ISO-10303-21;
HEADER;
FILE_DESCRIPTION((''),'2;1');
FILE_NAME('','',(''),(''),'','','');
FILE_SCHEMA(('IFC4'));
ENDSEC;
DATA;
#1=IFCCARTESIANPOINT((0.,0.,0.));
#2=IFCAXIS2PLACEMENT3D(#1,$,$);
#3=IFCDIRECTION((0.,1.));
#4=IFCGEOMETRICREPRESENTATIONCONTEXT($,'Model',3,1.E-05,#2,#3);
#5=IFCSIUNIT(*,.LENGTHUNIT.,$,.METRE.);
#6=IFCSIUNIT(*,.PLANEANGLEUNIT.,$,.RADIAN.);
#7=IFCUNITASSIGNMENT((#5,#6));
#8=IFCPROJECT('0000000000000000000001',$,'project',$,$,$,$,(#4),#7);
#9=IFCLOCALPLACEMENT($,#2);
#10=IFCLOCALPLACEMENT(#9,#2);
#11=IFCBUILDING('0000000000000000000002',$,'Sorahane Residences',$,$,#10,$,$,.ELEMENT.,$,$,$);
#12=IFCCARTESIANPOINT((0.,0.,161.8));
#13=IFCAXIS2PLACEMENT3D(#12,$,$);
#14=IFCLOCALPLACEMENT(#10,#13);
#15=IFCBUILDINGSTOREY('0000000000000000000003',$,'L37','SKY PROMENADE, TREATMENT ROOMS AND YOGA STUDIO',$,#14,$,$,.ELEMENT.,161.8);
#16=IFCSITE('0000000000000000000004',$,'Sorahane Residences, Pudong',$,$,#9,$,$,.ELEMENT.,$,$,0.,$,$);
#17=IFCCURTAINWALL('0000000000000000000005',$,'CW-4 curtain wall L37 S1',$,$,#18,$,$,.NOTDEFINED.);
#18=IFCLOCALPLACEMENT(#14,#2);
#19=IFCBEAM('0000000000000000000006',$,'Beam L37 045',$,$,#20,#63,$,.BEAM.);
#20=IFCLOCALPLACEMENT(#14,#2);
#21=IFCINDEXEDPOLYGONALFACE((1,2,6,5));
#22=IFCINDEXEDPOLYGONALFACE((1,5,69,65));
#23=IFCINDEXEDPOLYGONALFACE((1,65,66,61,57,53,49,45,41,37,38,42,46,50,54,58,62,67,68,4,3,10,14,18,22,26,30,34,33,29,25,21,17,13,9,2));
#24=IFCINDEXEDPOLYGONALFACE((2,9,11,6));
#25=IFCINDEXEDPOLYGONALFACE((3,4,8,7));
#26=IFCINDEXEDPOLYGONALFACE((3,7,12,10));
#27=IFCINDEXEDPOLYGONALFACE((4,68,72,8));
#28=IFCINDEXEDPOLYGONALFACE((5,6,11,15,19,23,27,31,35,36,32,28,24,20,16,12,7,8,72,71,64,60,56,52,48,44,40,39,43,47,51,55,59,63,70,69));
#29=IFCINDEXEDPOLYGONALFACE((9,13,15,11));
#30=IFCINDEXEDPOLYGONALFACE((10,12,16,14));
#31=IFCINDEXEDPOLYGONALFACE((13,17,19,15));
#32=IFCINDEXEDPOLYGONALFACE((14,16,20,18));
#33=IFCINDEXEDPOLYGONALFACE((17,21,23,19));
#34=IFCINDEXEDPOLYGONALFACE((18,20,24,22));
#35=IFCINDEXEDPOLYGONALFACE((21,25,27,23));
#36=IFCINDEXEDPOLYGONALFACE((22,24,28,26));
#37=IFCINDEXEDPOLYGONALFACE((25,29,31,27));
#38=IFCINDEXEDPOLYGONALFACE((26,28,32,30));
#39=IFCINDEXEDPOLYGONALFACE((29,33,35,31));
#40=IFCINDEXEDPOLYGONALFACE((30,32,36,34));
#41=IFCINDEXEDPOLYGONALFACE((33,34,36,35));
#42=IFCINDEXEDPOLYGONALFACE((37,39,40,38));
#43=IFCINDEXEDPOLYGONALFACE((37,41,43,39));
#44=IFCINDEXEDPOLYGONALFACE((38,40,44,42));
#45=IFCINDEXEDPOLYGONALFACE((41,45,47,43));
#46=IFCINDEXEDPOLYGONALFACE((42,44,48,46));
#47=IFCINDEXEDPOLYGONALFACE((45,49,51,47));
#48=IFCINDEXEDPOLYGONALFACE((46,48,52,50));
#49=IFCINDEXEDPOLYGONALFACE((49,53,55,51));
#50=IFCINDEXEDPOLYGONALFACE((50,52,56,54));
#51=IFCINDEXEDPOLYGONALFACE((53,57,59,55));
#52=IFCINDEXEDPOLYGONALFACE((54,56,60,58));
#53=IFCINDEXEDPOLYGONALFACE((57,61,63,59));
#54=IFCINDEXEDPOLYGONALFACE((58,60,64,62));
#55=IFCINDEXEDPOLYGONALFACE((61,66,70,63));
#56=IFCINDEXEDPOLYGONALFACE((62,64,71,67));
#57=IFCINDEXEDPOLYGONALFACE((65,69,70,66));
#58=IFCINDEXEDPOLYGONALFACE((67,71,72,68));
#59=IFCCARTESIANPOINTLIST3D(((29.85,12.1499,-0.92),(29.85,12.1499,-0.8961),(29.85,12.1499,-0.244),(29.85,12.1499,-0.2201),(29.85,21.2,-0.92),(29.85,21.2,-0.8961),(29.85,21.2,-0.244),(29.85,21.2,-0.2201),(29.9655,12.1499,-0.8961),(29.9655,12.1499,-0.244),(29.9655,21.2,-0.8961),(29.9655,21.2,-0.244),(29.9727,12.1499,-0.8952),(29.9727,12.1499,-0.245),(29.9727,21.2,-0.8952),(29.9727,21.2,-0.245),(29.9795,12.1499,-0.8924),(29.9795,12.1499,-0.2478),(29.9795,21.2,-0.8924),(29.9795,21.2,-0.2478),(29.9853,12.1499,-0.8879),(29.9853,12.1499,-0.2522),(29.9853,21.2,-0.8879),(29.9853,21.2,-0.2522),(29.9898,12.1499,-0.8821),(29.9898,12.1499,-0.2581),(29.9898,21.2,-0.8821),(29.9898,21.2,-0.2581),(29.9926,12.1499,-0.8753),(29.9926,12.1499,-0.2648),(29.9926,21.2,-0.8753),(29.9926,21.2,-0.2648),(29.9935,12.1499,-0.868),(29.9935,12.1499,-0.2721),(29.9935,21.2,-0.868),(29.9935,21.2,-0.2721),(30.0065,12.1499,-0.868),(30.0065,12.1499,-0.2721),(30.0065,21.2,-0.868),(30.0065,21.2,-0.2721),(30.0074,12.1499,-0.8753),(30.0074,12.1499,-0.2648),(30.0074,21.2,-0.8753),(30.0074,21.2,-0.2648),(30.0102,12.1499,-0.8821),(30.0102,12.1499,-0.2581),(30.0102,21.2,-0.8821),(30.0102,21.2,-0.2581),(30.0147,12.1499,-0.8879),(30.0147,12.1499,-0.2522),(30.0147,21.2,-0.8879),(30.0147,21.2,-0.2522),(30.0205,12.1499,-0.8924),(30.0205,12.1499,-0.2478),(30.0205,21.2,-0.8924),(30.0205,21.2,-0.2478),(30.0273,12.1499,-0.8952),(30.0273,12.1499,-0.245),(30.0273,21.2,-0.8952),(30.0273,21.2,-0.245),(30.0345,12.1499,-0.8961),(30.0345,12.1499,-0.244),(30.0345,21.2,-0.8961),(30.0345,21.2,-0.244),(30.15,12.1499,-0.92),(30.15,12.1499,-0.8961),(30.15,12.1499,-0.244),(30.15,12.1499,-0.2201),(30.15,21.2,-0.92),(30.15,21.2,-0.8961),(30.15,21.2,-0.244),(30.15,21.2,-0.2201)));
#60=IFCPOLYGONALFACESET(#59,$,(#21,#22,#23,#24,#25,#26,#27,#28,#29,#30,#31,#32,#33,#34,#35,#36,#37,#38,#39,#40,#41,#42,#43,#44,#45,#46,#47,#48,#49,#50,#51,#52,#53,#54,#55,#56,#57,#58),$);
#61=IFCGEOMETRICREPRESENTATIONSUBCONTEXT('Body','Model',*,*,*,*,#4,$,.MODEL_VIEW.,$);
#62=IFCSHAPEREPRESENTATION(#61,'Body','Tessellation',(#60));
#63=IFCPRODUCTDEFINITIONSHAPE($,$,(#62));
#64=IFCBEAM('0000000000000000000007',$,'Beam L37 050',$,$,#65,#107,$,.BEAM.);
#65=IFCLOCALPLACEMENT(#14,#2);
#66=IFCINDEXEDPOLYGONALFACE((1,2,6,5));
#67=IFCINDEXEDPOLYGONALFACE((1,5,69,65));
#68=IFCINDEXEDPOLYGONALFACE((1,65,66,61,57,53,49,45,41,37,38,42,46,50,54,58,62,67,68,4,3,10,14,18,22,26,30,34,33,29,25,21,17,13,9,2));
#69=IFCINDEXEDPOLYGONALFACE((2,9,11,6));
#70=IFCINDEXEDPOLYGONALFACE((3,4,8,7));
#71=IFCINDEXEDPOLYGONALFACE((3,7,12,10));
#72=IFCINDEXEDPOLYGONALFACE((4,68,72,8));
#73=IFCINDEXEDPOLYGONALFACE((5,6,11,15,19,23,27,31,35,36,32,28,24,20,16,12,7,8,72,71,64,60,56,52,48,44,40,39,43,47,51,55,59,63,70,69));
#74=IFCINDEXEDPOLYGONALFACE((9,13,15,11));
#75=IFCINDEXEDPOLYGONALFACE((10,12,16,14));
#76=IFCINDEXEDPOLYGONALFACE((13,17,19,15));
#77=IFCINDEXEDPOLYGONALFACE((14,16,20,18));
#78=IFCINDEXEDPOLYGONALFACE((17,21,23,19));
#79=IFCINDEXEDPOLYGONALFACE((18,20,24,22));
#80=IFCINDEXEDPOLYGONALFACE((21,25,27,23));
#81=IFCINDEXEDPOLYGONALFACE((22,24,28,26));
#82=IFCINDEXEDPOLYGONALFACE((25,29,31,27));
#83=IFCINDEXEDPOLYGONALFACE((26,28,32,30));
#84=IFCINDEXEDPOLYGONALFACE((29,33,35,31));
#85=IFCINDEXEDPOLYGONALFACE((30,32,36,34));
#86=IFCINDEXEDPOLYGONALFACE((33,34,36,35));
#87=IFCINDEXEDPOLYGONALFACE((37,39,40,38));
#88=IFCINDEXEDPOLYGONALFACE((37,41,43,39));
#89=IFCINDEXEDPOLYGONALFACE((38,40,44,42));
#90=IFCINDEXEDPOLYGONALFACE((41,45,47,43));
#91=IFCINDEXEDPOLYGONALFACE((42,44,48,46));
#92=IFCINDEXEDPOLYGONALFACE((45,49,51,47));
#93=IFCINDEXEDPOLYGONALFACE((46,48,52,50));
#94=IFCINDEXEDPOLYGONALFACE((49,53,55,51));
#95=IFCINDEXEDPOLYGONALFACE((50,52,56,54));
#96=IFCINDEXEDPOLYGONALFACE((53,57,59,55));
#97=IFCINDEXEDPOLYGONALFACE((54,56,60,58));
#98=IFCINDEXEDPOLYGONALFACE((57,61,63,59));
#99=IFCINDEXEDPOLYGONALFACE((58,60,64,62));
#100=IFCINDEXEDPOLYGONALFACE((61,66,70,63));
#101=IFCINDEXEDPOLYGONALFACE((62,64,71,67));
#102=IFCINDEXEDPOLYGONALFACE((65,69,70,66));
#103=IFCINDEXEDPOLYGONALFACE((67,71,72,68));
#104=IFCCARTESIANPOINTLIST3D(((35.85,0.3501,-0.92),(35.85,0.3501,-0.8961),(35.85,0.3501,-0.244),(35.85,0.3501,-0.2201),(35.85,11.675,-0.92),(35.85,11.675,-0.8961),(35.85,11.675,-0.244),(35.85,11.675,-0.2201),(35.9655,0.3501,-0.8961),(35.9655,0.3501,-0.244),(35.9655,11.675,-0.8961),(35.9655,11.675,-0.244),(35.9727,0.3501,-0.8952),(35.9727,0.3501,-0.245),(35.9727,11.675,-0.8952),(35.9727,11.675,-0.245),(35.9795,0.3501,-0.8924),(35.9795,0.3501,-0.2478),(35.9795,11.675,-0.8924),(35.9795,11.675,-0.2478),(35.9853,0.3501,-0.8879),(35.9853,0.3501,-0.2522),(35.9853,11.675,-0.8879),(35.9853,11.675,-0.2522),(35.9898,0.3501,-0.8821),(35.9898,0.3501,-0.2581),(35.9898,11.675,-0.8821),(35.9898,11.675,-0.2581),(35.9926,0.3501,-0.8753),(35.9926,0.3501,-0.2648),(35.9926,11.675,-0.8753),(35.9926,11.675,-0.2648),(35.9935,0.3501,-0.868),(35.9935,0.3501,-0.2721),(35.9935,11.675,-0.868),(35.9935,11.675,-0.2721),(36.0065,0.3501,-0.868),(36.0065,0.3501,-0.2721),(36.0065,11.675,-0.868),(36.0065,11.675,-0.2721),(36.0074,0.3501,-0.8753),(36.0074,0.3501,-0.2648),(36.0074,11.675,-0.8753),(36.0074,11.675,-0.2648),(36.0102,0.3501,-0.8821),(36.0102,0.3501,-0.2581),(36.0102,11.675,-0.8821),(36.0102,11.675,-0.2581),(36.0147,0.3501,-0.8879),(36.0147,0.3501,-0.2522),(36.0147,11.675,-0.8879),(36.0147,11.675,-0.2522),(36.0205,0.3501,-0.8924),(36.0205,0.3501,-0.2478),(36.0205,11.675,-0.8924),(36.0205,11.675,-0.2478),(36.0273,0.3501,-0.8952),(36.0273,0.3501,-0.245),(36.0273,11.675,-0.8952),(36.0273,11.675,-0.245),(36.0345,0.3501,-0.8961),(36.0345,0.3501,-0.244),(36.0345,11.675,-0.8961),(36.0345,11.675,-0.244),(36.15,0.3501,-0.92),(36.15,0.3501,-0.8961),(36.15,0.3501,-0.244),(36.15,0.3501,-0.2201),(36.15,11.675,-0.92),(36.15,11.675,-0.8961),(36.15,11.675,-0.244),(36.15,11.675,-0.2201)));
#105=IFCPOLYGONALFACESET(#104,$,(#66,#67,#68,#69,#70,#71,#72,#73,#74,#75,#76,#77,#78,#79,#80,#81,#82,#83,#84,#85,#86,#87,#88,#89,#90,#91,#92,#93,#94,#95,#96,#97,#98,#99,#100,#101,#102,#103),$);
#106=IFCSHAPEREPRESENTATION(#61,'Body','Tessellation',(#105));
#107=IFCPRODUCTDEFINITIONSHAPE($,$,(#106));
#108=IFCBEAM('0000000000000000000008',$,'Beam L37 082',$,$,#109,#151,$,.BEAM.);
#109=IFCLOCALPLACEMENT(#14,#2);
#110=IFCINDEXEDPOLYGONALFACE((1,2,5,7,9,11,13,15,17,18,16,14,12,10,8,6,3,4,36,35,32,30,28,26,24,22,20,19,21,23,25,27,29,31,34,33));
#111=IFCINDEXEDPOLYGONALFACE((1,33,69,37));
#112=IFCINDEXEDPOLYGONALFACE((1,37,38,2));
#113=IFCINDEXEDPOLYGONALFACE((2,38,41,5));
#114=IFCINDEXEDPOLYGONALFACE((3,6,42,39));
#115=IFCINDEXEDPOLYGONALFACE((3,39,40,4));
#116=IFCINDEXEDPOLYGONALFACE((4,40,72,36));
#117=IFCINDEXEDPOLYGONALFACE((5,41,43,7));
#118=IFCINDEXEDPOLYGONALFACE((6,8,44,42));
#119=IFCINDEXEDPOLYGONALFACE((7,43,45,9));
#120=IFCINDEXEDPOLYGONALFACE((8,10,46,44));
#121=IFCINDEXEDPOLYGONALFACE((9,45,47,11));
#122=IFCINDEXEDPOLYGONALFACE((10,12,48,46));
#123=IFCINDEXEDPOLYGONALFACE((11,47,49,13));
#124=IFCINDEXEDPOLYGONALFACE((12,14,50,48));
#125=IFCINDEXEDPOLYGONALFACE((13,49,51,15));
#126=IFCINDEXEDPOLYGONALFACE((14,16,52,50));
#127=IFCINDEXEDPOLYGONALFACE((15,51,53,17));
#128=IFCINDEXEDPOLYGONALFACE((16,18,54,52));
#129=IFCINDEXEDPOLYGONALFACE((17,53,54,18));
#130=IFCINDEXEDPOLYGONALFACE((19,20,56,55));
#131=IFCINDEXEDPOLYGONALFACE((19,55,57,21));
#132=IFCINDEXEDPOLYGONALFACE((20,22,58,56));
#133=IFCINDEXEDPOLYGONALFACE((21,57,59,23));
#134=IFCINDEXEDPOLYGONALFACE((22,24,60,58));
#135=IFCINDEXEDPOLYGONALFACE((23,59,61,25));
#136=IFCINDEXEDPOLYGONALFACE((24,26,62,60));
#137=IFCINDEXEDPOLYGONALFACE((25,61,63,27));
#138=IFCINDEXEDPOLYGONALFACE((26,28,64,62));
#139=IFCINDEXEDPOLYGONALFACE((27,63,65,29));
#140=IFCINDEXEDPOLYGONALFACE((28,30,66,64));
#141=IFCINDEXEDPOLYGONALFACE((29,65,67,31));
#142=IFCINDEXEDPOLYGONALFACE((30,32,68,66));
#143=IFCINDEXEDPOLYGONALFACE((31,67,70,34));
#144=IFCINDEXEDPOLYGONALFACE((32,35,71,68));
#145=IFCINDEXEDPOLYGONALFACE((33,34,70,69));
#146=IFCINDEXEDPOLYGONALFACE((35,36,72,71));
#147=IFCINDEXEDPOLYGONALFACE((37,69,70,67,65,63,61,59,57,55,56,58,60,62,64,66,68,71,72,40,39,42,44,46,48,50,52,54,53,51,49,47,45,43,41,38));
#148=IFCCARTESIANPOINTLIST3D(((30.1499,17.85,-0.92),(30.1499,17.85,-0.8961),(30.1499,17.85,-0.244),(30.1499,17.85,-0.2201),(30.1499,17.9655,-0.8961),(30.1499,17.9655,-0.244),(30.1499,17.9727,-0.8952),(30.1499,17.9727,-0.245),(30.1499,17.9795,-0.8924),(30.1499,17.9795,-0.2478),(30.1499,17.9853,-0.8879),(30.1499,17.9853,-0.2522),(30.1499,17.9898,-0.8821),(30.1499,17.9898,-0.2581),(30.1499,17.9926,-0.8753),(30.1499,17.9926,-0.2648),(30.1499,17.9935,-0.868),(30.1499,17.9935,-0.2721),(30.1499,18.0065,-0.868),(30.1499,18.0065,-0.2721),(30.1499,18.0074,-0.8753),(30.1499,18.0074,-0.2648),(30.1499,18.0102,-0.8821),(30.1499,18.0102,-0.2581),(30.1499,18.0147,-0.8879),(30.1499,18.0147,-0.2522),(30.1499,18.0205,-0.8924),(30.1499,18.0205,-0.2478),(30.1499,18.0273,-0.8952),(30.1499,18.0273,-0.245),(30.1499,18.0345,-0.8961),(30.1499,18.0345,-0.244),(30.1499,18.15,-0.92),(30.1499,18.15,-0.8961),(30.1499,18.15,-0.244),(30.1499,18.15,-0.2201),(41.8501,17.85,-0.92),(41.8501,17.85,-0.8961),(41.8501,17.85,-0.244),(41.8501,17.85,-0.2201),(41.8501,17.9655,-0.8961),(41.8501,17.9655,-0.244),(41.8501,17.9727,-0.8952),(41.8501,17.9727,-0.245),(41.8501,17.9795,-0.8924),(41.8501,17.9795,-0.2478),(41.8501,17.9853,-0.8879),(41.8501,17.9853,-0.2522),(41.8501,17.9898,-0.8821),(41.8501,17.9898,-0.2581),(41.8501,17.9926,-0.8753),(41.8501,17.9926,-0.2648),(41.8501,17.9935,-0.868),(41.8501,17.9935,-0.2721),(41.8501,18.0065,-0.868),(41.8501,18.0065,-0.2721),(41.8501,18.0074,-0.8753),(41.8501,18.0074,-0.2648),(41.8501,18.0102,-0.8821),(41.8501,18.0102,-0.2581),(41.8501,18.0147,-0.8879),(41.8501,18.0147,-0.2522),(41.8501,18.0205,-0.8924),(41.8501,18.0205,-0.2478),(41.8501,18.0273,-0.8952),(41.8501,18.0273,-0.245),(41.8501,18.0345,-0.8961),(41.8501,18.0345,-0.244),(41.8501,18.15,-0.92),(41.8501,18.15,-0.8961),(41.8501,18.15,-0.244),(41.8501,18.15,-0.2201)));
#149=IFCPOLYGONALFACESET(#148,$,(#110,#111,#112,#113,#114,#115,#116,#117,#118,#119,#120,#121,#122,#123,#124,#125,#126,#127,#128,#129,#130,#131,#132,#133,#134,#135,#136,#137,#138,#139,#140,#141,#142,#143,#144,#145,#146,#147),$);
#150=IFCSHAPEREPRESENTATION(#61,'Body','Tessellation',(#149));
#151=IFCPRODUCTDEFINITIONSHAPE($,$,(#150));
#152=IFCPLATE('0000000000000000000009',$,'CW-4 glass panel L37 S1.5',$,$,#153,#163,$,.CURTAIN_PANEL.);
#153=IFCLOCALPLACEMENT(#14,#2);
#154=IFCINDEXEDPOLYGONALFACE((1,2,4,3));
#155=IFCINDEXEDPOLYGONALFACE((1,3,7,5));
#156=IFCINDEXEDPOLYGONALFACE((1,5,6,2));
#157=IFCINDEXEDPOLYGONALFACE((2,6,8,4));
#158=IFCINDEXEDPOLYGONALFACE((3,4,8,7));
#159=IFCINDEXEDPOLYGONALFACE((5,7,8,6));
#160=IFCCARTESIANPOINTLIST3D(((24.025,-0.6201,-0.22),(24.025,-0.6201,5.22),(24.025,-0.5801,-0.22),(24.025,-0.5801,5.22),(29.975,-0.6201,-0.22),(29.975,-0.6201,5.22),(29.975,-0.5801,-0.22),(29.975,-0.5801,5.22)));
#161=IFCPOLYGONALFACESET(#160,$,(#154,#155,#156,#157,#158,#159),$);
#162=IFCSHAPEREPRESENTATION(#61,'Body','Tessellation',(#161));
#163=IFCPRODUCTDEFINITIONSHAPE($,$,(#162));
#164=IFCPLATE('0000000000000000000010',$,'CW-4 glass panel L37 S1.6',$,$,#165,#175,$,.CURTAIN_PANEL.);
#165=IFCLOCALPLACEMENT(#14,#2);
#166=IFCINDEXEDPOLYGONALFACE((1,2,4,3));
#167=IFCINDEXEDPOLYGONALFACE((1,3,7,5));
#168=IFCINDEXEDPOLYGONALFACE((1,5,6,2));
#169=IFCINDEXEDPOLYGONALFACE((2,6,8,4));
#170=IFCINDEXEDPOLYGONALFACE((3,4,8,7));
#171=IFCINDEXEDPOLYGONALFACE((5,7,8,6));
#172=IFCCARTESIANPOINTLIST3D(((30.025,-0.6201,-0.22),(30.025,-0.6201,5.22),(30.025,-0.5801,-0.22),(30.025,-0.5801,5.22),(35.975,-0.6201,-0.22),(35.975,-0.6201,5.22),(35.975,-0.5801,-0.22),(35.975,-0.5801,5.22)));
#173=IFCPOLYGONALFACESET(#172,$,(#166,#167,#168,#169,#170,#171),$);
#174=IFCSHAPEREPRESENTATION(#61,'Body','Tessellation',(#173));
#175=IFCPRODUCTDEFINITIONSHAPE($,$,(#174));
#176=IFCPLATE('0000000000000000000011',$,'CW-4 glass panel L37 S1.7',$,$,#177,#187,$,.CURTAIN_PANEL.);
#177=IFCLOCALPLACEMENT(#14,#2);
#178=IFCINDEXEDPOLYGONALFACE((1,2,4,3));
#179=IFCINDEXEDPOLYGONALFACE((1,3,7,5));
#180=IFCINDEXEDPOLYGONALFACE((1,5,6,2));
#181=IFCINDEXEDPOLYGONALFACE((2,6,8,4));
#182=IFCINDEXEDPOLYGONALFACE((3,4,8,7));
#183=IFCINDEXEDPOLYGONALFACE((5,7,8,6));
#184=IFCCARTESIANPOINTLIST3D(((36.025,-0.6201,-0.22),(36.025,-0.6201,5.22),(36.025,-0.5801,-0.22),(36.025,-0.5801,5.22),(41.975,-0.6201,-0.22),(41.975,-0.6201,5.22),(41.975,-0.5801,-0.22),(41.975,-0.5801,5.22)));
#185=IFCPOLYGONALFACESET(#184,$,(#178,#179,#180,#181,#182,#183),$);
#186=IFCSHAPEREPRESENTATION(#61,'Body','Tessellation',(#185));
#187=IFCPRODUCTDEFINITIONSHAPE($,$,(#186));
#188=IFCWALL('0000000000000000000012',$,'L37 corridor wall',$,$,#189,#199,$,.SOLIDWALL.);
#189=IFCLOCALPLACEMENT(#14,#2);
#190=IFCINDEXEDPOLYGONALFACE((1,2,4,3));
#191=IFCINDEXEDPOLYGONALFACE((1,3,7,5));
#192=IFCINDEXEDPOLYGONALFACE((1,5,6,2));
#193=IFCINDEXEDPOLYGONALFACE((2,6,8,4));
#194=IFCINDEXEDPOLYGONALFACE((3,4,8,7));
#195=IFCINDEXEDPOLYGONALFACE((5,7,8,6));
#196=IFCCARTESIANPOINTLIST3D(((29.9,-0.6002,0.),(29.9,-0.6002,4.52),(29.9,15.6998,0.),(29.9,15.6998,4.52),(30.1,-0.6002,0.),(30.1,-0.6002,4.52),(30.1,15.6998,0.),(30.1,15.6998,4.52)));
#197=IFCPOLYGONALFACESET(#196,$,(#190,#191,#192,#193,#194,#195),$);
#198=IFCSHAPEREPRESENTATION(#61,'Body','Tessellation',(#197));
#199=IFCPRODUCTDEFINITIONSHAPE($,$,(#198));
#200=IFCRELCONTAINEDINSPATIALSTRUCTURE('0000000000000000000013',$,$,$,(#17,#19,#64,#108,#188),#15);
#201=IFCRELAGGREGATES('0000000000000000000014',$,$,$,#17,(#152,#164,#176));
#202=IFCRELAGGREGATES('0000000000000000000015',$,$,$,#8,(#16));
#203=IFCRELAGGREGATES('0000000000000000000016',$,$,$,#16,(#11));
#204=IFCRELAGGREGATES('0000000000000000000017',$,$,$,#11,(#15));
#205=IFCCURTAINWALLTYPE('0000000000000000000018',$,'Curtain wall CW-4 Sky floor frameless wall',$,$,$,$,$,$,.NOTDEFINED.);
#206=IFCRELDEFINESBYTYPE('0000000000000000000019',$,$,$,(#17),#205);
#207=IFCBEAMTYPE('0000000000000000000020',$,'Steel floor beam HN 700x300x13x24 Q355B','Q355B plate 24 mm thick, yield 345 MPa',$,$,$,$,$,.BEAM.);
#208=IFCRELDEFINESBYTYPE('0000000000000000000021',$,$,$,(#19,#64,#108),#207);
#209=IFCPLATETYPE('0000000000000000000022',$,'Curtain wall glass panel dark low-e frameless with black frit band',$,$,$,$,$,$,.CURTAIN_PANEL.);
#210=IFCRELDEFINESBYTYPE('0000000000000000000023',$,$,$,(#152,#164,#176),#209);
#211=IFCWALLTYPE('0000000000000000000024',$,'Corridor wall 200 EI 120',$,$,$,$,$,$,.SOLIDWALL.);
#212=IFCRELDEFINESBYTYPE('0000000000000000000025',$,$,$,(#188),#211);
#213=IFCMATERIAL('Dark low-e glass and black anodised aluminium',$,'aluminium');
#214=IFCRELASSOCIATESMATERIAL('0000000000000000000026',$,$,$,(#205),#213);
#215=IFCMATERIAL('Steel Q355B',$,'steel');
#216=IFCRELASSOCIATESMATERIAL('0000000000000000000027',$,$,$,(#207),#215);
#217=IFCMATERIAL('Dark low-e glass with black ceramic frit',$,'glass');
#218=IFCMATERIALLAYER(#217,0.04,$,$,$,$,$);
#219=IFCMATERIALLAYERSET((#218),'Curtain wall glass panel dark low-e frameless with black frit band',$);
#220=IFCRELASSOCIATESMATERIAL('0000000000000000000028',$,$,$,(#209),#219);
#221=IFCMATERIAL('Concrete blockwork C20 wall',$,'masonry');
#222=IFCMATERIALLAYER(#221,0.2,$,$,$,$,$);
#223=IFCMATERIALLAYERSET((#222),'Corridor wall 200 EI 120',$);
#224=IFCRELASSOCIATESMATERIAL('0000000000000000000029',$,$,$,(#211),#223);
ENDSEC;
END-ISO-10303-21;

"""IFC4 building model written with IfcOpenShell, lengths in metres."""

from ifc_helpers import new_model, si_unit, direction, frame, frame_2d, origin, origin_2d, place, context, subcontext, project, spatial, rectangle, i_section, extrude, material, layer, layer_set, material_profile, profile_set, type_object, element, aggregate, save


model = new_model("IFC4")

# Units and contexts
model_context = context("Model", 3, precision=1e-05, world=origin(), true_north=direction((0.0, 1.0)))
body_context = subcontext(model_context, "Body", "Model", "MODEL_VIEW")
ifc_project = project(units=[si_unit("LENGTHUNIT", "METRE"), si_unit("PLANEANGLEUNIT", "RADIAN")], contexts=[model_context])

# Site, building, storey
site_placement = place(None, origin())
site = spatial("IfcSite", under=ifc_project, at=site_placement, Name="Sorahane Residences, Pudong", CompositionType="ELEMENT", RefElevation=0.0)
building_placement = place(site_placement, origin())
building = spatial("IfcBuilding", under=site, at=building_placement, Name="Sorahane Residences", CompositionType="ELEMENT")
storey_placement = place(building_placement, frame((0.0, 0.0, 161.8)))
storey = spatial("IfcBuildingStorey", under=building, at=storey_placement, Name="L37", Description="SKY PROMENADE, TREATMENT ROOMS AND YOGA STUDIO", CompositionType="ELEMENT", Elevation=161.8)

# Curtain wall
ifc_material_1 = material(Name="Dark low-e glass and black anodised aluminium", Category="aluminium")
curtain_wall_type = type_object("IfcCurtainWallType", Name="Curtain wall CW-4 Sky floor frameless wall", PredefinedType="NOTDEFINED", material=ifc_material_1)
curtain_wall_placement = place(storey_placement, origin())
curtain_wall = element("IfcCurtainWall", 1, at=curtain_wall_placement, inside=storey, type_object=curtain_wall_type, Name="CW-4 curtain wall L37 S1", PredefinedType="NOTDEFINED")

# Beams
ifc_material_2 = material(Name="Steel Q355B", Category="steel")
ifc_material_profile_1 = material_profile(ifc_material_2, i_section(OverallWidth=0.3, OverallDepth=0.7, WebThickness=0.0129, FlangeThickness=0.0239, FilletRadius=0.0281, at=origin_2d()), Name="HN 700x300x13x24")
ifc_profile_set_1 = profile_set([ifc_material_profile_1], Name="Steel Q355B")
beam_type_1 = type_object("IfcBeamType", Name="Steel floor beam HN 700x300x13x24 Q355B", Description="Q355B plate 24 mm thick, yield 345 MPa", PredefinedType="BEAM", material=ifc_profile_set_1)
beam_1_placement = place(storey_placement, frame((30.0, 12.1499, -0.5701), z_axis=(0.0, 1.0, 0.0), x_axis=(-1.0, 0.0, 0.0)))
element("IfcBeam", 2, at=beam_1_placement, inside=storey, type_object=beam_type_1, Name="Beam L37 045", PredefinedType="BEAM", context=body_context, shape_type="SweptSolid", body=[
    extrude(i_section(OverallWidth=0.3, OverallDepth=0.7, WebThickness=0.0129, FlangeThickness=0.0239, FilletRadius=0.0281, at=origin_2d()), origin(), (0.0, 0.0, 1.0), 9.05),
])
beam_2_placement = place(storey_placement, frame((36.0, 0.3501, -0.5701), z_axis=(0.0, 1.0, 0.0), x_axis=(-1.0, 0.0, 0.0)))
element("IfcBeam", 3, at=beam_2_placement, inside=storey, type_object=beam_type_1, Name="Beam L37 050", PredefinedType="BEAM", context=body_context, shape_type="SweptSolid", body=[
    extrude(i_section(OverallWidth=0.3, OverallDepth=0.7, WebThickness=0.0129, FlangeThickness=0.0239, FilletRadius=0.0281, at=origin_2d()), origin(), (0.0, 0.0, 1.0), 11.325),
])
beam_3_placement = place(storey_placement, frame((30.1499, 18.0, -0.5701), z_axis=(1.0, 0.0, 0.0), x_axis=(0.0, 1.0, 0.0)))
element("IfcBeam", 4, at=beam_3_placement, inside=storey, type_object=beam_type_1, Name="Beam L37 082", PredefinedType="BEAM", context=body_context, shape_type="SweptSolid", body=[
    extrude(i_section(OverallWidth=0.3, OverallDepth=0.7, WebThickness=0.0129, FlangeThickness=0.0239, FilletRadius=0.0281, at=origin_2d()), origin(), (0.0, 0.0, 1.0), 11.7002),
])

# Plates
ifc_material_3 = material(Name="Dark low-e glass with black ceramic frit", Category="glass")
ifc_layer_1 = layer(ifc_material_3, 0.04)
ifc_layer_set_1 = layer_set([ifc_layer_1], Name="Curtain wall glass panel dark low-e frameless with black frit band")
plate_type = type_object("IfcPlateType", Name="Curtain wall glass panel dark low-e frameless with black frit band", PredefinedType="CURTAIN_PANEL", material=ifc_layer_set_1)
plate_1_placement = place(storey_placement, frame((27.0, -0.6001, -0.22), z_axis=(0.0, 0.0, 1.0), x_axis=(1.0, 0.0, 0.0)))
plate_1 = element("IfcPlate", 5, at=plate_1_placement, type_object=plate_type, Name="CW-4 glass panel L37 S1.5", PredefinedType="CURTAIN_PANEL", context=body_context, shape_type="SweptSolid", body=[
    extrude(rectangle(XDim=5.95, YDim=0.04, at=origin_2d()), origin(), (0.0, 0.0, 1.0), 5.4399),
])
plate_2_placement = place(storey_placement, frame((33.0, -0.6001, -0.22), z_axis=(0.0, 0.0, 1.0), x_axis=(1.0, 0.0, 0.0)))
plate_2 = element("IfcPlate", 6, at=plate_2_placement, type_object=plate_type, Name="CW-4 glass panel L37 S1.6", PredefinedType="CURTAIN_PANEL", context=body_context, shape_type="SweptSolid", body=[
    extrude(rectangle(XDim=5.95, YDim=0.04, at=origin_2d()), origin(), (0.0, 0.0, 1.0), 5.4399),
])
plate_3_placement = place(storey_placement, frame((39.0, -0.6001, -0.22), z_axis=(0.0, 0.0, 1.0), x_axis=(1.0, 0.0, 0.0)))
plate_3 = element("IfcPlate", 7, at=plate_3_placement, type_object=plate_type, Name="CW-4 glass panel L37 S1.7", PredefinedType="CURTAIN_PANEL", context=body_context, shape_type="SweptSolid", body=[
    extrude(rectangle(XDim=5.95, YDim=0.04, at=origin_2d()), origin(), (0.0, 0.0, 1.0), 5.4399),
])
aggregate(curtain_wall, [plate_1, plate_2, plate_3])

# Wall
ifc_material_4 = material(Name="Concrete blockwork C20 wall", Category="masonry")
ifc_layer_2 = layer(ifc_material_4, 0.2)
ifc_layer_set_2 = layer_set([ifc_layer_2], Name="Corridor wall 200 EI 120")
wall_type = type_object("IfcWallType", Name="Corridor wall 200 EI 120", PredefinedType="SOLIDWALL", material=ifc_layer_set_2)
wall_placement = place(storey_placement, frame((30.0, -0.6001, 0.0), z_axis=(0.0, 0.0, 1.0), x_axis=(0.0, 1.0, 0.0)))
element("IfcWall", 8, at=wall_placement, inside=storey, type_object=wall_type, Name="L37 corridor wall", PredefinedType="SOLIDWALL", context=body_context, shape_type="SweptSolid", body=[
    extrude(rectangle(XDim=16.3, YDim=0.2, at=frame_2d((8.1499, 0.0))), origin(), (0.0, 0.0, 1.0), 4.52),
])

save(model, "model.ifc")
